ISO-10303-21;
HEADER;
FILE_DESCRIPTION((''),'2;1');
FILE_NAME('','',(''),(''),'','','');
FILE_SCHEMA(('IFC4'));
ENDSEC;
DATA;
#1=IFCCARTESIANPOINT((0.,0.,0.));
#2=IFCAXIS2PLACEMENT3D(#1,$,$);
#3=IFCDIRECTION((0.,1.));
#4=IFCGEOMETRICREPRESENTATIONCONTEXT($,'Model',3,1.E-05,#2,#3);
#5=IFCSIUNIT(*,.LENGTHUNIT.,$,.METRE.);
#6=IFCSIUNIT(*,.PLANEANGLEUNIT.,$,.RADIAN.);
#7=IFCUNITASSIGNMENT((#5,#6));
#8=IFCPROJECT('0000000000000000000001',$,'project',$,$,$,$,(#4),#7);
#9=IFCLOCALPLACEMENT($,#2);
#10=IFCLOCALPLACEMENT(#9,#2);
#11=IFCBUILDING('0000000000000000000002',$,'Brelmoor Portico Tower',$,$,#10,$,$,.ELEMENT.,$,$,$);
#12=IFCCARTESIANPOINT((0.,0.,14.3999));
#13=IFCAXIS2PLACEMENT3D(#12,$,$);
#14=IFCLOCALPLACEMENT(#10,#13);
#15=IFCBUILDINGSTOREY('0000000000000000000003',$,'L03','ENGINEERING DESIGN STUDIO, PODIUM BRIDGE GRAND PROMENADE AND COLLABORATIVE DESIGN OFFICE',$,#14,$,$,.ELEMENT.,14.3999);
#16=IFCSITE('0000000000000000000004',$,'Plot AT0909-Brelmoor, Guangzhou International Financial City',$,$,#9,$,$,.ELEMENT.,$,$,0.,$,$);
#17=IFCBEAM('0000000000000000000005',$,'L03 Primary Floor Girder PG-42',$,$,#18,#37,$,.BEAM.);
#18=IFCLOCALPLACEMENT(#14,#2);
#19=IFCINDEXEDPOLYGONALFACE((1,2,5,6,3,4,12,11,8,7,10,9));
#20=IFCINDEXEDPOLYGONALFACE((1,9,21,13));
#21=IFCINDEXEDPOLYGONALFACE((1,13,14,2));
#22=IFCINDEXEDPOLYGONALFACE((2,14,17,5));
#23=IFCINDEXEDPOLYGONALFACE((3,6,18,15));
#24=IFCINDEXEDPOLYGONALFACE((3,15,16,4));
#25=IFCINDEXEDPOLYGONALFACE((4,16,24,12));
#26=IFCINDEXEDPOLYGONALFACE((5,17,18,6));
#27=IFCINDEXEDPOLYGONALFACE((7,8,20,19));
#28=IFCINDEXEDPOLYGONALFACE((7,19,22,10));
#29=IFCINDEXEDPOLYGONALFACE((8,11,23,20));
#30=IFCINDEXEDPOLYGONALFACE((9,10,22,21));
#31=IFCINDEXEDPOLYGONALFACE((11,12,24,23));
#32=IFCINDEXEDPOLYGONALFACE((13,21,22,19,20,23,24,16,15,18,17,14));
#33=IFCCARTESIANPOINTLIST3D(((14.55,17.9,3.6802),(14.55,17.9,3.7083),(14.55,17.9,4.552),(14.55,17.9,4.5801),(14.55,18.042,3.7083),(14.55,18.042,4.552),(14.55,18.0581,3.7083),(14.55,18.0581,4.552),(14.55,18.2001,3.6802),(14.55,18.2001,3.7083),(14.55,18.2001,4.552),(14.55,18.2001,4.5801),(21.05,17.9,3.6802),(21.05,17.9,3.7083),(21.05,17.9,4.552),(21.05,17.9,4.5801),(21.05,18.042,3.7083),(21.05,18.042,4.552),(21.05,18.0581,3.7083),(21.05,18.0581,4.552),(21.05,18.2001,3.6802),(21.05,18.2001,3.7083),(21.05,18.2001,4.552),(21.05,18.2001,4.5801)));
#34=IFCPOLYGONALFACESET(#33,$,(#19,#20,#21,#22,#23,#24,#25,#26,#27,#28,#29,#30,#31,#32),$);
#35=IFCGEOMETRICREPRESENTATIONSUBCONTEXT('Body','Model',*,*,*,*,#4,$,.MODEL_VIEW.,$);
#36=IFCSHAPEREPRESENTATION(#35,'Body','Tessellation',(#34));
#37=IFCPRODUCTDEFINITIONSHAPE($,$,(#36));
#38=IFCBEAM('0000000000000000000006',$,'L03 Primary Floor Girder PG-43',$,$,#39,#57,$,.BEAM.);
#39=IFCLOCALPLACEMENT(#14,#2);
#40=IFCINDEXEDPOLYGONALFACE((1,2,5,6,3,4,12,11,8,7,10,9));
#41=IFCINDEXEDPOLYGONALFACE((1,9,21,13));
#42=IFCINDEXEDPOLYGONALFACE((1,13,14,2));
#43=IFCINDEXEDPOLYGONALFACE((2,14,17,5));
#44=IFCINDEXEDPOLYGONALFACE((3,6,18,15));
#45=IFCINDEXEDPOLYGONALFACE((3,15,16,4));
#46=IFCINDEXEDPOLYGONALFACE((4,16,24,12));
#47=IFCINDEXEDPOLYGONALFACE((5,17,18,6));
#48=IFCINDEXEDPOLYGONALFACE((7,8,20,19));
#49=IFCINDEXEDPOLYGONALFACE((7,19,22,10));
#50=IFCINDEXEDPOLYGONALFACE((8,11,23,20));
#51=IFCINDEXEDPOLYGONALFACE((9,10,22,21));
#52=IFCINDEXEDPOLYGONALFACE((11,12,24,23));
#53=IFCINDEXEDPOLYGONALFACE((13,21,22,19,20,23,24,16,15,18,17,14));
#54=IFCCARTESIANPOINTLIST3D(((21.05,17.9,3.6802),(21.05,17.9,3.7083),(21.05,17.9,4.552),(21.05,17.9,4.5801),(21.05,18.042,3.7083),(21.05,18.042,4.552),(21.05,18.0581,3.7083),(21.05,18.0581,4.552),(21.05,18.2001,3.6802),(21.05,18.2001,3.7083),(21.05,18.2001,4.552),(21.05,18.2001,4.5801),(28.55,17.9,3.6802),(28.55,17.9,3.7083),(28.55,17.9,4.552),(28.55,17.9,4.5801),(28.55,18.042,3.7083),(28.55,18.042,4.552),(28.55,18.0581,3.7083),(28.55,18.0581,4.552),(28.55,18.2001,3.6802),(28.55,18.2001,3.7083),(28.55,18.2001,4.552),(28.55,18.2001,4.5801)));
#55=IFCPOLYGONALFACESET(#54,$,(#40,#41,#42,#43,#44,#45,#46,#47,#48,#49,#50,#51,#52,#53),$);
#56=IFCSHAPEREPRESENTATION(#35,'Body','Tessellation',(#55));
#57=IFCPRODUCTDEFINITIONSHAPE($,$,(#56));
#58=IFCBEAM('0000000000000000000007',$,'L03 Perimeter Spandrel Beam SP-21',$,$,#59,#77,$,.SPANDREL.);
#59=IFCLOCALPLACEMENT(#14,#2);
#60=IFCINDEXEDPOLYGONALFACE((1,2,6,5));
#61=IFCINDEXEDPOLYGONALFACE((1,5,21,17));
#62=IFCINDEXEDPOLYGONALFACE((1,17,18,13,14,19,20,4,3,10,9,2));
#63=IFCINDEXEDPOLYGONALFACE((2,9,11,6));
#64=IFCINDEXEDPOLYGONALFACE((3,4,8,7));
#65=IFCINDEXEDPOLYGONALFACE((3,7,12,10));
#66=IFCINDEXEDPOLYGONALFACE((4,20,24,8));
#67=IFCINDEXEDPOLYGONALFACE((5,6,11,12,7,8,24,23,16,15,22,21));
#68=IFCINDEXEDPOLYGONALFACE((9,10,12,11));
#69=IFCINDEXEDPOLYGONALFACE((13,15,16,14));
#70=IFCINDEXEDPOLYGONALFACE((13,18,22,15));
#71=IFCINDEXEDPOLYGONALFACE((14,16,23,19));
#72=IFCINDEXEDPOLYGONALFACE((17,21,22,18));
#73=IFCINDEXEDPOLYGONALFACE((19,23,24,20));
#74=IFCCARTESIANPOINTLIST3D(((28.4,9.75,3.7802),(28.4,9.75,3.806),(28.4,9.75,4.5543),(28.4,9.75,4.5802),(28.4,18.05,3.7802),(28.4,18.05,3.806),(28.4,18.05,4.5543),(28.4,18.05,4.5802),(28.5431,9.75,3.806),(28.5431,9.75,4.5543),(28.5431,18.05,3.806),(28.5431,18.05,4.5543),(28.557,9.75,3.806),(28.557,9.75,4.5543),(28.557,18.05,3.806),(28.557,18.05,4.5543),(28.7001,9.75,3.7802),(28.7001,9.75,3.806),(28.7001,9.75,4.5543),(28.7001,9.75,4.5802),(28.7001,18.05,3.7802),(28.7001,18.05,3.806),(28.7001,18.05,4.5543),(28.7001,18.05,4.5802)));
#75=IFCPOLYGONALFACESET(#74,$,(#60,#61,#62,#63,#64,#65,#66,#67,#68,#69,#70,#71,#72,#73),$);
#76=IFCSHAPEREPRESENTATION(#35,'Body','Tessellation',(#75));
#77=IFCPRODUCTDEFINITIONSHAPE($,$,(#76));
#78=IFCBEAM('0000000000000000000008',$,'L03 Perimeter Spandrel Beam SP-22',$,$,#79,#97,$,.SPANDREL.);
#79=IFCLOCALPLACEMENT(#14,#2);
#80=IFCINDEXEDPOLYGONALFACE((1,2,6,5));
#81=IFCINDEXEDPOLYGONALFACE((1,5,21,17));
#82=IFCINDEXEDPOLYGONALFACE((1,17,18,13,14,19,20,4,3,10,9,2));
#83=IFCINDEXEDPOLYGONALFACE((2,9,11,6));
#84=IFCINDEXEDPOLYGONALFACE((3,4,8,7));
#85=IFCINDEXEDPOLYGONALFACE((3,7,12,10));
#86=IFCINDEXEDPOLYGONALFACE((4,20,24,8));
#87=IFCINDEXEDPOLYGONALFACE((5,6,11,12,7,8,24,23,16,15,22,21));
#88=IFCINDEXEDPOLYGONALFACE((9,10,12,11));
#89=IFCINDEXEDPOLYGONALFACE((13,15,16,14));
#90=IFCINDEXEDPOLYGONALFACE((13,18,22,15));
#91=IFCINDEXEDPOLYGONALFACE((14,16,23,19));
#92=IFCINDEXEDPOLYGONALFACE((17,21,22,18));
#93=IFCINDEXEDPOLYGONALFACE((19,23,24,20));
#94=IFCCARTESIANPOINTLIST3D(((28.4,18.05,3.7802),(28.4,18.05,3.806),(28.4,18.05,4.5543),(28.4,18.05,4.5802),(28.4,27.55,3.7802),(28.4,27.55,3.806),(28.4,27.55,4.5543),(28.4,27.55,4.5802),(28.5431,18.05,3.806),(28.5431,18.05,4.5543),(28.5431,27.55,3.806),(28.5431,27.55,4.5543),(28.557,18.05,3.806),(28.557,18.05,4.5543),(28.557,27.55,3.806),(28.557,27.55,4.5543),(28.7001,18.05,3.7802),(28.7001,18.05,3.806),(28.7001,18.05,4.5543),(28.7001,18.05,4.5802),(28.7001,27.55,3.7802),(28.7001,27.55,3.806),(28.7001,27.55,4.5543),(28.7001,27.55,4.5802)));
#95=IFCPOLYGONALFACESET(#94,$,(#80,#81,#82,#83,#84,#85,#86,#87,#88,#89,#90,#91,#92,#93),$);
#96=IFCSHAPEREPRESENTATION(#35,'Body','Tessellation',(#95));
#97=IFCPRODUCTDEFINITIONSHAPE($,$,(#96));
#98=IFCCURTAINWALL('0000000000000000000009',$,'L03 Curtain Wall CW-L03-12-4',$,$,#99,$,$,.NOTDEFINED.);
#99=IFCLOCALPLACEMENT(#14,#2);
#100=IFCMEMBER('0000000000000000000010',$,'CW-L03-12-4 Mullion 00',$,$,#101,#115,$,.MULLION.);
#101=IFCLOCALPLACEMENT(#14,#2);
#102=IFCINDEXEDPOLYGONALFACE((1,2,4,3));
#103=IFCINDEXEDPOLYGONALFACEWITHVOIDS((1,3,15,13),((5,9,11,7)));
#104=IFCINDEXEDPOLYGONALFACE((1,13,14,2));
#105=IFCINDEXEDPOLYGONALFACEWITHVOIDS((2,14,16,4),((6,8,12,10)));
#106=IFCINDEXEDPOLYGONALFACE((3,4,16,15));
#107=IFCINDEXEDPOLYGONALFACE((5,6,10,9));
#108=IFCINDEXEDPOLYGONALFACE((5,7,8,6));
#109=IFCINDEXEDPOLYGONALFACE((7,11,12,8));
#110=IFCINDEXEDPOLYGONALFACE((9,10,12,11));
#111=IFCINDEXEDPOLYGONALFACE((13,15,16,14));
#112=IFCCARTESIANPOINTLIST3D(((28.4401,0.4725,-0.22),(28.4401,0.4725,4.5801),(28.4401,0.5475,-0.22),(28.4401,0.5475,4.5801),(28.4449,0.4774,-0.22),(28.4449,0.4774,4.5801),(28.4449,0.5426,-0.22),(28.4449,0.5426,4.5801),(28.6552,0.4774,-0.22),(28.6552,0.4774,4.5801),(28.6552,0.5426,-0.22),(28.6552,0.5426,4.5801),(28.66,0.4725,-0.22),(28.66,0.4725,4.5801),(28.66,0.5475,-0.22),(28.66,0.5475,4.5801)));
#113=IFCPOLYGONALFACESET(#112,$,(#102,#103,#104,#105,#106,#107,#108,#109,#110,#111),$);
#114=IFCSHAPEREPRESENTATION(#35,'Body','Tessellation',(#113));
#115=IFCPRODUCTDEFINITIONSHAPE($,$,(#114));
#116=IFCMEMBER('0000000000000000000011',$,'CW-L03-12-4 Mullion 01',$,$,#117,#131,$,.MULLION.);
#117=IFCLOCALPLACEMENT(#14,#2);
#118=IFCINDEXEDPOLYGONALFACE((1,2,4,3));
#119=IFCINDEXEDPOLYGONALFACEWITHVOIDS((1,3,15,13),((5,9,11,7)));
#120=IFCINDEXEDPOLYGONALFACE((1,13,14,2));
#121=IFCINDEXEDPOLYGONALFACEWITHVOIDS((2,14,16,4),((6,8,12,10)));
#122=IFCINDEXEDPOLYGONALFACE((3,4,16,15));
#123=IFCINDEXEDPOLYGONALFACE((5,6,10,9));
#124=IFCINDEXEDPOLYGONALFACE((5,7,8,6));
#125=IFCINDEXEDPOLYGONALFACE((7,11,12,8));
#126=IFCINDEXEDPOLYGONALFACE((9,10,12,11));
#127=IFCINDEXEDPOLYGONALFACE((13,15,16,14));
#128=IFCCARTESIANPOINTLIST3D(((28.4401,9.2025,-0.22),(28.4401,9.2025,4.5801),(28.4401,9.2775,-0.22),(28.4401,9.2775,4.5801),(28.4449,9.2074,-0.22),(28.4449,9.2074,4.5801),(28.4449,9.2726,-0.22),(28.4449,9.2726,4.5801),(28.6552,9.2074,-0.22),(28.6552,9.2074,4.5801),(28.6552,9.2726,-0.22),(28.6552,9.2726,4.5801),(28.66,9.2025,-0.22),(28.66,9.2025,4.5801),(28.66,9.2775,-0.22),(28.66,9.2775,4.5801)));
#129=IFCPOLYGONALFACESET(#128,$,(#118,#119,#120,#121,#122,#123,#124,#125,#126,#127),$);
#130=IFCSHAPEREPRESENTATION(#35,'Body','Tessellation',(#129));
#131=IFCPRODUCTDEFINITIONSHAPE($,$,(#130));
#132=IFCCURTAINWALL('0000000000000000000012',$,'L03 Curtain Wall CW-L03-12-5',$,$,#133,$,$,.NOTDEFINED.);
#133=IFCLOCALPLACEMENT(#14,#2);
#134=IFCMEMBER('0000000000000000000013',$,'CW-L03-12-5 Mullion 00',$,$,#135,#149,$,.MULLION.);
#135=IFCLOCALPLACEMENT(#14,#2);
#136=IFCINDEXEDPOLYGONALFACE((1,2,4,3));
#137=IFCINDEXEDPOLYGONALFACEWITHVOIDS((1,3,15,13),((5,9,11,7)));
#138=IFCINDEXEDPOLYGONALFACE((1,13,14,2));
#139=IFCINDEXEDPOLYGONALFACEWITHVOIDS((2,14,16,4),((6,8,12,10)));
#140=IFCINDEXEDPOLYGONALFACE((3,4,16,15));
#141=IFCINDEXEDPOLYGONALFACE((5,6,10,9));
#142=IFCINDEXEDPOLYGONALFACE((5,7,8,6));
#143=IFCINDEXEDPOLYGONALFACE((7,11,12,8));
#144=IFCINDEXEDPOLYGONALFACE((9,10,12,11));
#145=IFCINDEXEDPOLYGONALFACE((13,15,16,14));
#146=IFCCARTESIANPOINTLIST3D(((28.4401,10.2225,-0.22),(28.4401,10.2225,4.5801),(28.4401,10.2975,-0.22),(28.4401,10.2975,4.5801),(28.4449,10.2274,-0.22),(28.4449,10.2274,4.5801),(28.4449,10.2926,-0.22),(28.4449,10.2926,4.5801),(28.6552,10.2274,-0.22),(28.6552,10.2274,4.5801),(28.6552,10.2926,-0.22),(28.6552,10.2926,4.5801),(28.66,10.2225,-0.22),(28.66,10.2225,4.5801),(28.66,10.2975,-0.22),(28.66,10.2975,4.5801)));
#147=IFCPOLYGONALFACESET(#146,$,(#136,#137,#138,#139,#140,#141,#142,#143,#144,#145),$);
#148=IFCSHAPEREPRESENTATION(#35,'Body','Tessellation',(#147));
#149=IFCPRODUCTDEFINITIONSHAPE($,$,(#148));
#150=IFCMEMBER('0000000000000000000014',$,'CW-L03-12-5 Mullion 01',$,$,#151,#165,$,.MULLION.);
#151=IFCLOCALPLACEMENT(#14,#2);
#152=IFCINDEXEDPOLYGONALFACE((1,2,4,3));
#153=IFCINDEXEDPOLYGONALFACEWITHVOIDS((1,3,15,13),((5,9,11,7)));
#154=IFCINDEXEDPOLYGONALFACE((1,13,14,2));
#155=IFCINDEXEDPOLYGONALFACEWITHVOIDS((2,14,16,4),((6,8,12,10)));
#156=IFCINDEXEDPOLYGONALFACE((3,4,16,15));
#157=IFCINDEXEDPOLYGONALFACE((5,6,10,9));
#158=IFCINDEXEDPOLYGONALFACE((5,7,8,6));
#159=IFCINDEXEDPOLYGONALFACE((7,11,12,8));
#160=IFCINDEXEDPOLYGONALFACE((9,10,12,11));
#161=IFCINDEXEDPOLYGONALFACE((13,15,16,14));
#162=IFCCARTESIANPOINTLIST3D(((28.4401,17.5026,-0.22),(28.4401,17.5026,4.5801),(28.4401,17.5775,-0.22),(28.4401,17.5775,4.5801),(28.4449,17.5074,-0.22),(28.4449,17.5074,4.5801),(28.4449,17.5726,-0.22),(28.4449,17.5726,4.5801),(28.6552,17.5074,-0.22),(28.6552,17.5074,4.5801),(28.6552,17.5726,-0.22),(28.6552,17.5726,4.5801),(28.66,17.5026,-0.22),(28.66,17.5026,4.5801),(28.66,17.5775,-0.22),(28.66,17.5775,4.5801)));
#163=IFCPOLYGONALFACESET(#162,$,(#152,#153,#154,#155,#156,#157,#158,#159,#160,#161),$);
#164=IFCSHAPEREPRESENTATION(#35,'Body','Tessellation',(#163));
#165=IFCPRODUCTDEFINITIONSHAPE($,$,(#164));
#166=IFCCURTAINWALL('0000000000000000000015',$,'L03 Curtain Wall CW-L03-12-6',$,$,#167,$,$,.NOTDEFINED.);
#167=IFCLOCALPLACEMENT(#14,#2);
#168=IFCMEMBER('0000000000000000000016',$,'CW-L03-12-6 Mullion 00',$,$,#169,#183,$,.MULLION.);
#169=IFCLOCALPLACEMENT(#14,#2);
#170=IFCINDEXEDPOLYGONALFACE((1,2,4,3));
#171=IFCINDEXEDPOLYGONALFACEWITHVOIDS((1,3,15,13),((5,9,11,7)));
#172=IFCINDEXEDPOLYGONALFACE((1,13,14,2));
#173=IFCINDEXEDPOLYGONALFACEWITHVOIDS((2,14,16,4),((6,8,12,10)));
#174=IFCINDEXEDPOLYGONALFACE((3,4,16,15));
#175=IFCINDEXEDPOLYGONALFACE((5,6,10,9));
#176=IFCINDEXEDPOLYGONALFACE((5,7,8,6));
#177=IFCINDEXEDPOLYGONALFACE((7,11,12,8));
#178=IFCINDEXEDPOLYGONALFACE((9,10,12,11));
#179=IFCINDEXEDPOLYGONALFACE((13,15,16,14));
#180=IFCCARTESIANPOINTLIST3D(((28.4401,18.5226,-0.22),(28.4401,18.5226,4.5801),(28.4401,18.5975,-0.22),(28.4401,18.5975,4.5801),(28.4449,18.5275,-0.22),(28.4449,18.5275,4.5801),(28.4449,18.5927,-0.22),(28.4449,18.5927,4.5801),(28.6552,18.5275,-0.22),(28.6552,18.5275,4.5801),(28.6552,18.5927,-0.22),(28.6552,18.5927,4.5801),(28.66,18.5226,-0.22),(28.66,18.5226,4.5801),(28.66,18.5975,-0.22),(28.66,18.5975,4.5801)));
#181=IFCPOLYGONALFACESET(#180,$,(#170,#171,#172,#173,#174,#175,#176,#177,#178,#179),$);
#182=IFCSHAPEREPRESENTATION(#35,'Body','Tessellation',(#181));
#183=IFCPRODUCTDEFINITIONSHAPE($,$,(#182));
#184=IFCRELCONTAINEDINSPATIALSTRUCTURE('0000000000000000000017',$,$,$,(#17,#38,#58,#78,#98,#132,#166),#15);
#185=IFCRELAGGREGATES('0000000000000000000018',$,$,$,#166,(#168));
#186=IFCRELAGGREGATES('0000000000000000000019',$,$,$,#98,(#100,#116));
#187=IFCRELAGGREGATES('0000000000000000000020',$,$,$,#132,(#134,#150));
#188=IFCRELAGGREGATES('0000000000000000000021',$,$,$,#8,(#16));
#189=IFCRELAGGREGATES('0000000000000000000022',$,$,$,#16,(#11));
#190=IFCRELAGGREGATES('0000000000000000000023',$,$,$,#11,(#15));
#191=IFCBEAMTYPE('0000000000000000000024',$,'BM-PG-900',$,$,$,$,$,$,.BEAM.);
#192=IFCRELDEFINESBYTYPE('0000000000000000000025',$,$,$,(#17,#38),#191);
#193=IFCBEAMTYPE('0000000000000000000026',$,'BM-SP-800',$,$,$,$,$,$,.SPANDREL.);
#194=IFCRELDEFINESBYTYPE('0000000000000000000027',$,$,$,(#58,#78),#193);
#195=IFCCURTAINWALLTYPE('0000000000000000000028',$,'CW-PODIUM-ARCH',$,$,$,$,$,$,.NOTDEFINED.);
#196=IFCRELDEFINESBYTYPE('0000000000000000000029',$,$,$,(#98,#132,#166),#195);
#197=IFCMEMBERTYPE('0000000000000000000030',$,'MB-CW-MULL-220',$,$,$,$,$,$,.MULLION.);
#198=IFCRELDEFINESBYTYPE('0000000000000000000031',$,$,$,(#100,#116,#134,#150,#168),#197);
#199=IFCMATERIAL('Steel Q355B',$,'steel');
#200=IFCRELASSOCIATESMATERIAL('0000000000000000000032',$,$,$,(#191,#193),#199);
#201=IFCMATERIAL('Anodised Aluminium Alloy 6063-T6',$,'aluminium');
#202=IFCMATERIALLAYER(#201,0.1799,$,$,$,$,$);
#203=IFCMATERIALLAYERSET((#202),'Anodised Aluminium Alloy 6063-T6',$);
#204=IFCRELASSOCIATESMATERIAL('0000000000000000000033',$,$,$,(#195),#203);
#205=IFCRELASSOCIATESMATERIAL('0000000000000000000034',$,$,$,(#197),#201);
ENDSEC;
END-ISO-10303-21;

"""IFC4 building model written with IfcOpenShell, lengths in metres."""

from ifc_helpers import new_model, si_unit, direction, frame, origin, origin_2d, place, context, subcontext, project, spatial, hollow_rectangle, i_section, extrude, material, layer, layer_set, material_profile, profile_set, type_object, element, aggregate, save


model = new_model("IFC4")

# Units and contexts
model_context = context("Model", 3, precision=1e-05, world=origin(), true_north=direction((0.0, 1.0)))
body_context = subcontext(model_context, "Body", "Model", "MODEL_VIEW")
ifc_project = project(units=[si_unit("LENGTHUNIT", "METRE"), si_unit("PLANEANGLEUNIT", "RADIAN")], contexts=[model_context])

# Site, building, storey
site_placement = place(None, origin())
site = spatial("IfcSite", under=ifc_project, at=site_placement, Name="Plot AT0909-Brelmoor, Guangzhou International Financial City", CompositionType="ELEMENT", RefElevation=0.0)
building_placement = place(site_placement, origin())
building = spatial("IfcBuilding", under=site, at=building_placement, Name="Brelmoor Portico Tower", CompositionType="ELEMENT")
storey_placement = place(building_placement, frame((0.0, 0.0, 14.3999)))
storey = spatial("IfcBuildingStorey", under=building, at=storey_placement, Name="L03", Description="ENGINEERING DESIGN STUDIO, PODIUM BRIDGE GRAND PROMENADE AND COLLABORATIVE DESIGN OFFICE", CompositionType="ELEMENT", Elevation=14.3999)

# Shared definitions
ifc_material_1 = material(Name="Steel Q355B", Category="steel")

# Beams
ifc_material_profile_1 = material_profile(ifc_material_1, i_section(OverallWidth=0.3, OverallDepth=0.8999, WebThickness=0.0161, FlangeThickness=0.0281, at=origin_2d()), Name="HN 900x300x16x28")
ifc_profile_set_1 = profile_set([ifc_material_profile_1], Name="Steel Q355B")
beam_type_1 = type_object("IfcBeamType", Name="BM-PG-900", PredefinedType="BEAM", material=ifc_profile_set_1)
beam_1_placement = place(storey_placement, frame((14.55, 18.05, 4.1301), z_axis=(1.0, 0.0, 0.0), x_axis=(0.0, 1.0, 0.0)))
element("IfcBeam", 1, at=beam_1_placement, inside=storey, type_object=beam_type_1, Name="L03 Primary Floor Girder PG-42", PredefinedType="BEAM", context=body_context, shape_type="SweptSolid", body=[
    extrude(i_section(OverallWidth=0.3, OverallDepth=0.8999, WebThickness=0.0161, FlangeThickness=0.0281, at=origin_2d()), origin(), (0.0, 0.0, 1.0), 6.5),
])
beam_2_placement = place(storey_placement, frame((21.05, 18.05, 4.1301), z_axis=(1.0, 0.0, 0.0), x_axis=(0.0, 1.0, 0.0)))
element("IfcBeam", 2, at=beam_2_placement, inside=storey, type_object=beam_type_1, Name="L03 Primary Floor Girder PG-43", PredefinedType="BEAM", context=body_context, shape_type="SweptSolid", body=[
    extrude(i_section(OverallWidth=0.3, OverallDepth=0.8999, WebThickness=0.0161, FlangeThickness=0.0281, at=origin_2d()), origin(), (0.0, 0.0, 1.0), 7.5),
])
ifc_material_profile_2 = material_profile(ifc_material_1, i_section(OverallWidth=0.3, OverallDepth=0.8, WebThickness=0.0139, FlangeThickness=0.0259, at=origin_2d()), Name="HN 800x300x14x26")
ifc_profile_set_2 = profile_set([ifc_material_profile_2], Name="Steel Q355B")
beam_type_2 = type_object("IfcBeamType", Name="BM-SP-800", PredefinedType="SPANDREL", material=ifc_profile_set_2)
beam_3_placement = place(storey_placement, frame((28.55, 9.75, 4.1802), z_axis=(0.0, 1.0, 0.0), x_axis=(-1.0, 0.0, 0.0)))
element("IfcBeam", 3, at=beam_3_placement, inside=storey, type_object=beam_type_2, Name="L03 Perimeter Spandrel Beam SP-21", PredefinedType="SPANDREL", context=body_context, shape_type="SweptSolid", body=[
    extrude(i_section(OverallWidth=0.3, OverallDepth=0.8, WebThickness=0.0139, FlangeThickness=0.0259, at=origin_2d()), origin(), (0.0, 0.0, 1.0), 8.3),
])
beam_4_placement = place(storey_placement, frame((28.55, 18.05, 4.1802), z_axis=(0.0, 1.0, 0.0), x_axis=(-1.0, 0.0, 0.0)))
element("IfcBeam", 4, at=beam_4_placement, inside=storey, type_object=beam_type_2, Name="L03 Perimeter Spandrel Beam SP-22", PredefinedType="SPANDREL", context=body_context, shape_type="SweptSolid", body=[
    extrude(i_section(OverallWidth=0.3, OverallDepth=0.8, WebThickness=0.0139, FlangeThickness=0.0259, at=origin_2d()), origin(), (0.0, 0.0, 1.0), 9.5),
])

# Curtain walls, members
ifc_material_2 = material(Name="Anodised Aluminium Alloy 6063-T6", Category="aluminium")
ifc_layer_1 = layer(ifc_material_2, 0.1799)
ifc_layer_set_1 = layer_set([ifc_layer_1], Name="Anodised Aluminium Alloy 6063-T6")
curtain_wall_type = type_object("IfcCurtainWallType", Name="CW-PODIUM-ARCH", PredefinedType="NOTDEFINED", material=ifc_layer_set_1)
curtain_wall_1_placement = place(storey_placement, origin())
curtain_wall_1 = element("IfcCurtainWall", 5, at=curtain_wall_1_placement, inside=storey, type_object=curtain_wall_type, Name="L03 Curtain Wall CW-L03-12-4", PredefinedType="NOTDEFINED")
ifc_material_profile_3 = material_profile(ifc_material_2, hollow_rectangle(XDim=0.075, YDim=0.22, WallThickness=0.0049, at=origin_2d()), Name="ALU MULLION 75x220")
ifc_profile_set_3 = profile_set([ifc_material_profile_3], Name="Anodised Aluminium Alloy 6063-T6")
member_type_1 = type_object("IfcMemberType", Name="MB-CW-MULL-220", PredefinedType="MULLION", material=ifc_profile_set_3)
member_1_placement = place(storey_placement, frame((28.55, 0.51, -0.22), z_axis=(0.0, 0.0, 1.0), x_axis=(0.0, 1.0, 0.0)))
member_1 = element("IfcMember", 6, at=member_1_placement, type_object=member_type_1, Name="CW-L03-12-4 Mullion 00", PredefinedType="MULLION", context=body_context, shape_type="SweptSolid", body=[
    extrude(hollow_rectangle(XDim=0.075, YDim=0.22, WallThickness=0.0049, at=origin_2d()), origin(), (0.0, 0.0, 1.0), 4.8),
])
member_2_placement = place(storey_placement, frame((28.55, 9.24, -0.22), z_axis=(0.0, 0.0, 1.0), x_axis=(0.0, 1.0, 0.0)))
member_2 = element("IfcMember", 7, at=member_2_placement, type_object=member_type_1, Name="CW-L03-12-4 Mullion 01", PredefinedType="MULLION", context=body_context, shape_type="SweptSolid", body=[
    extrude(hollow_rectangle(XDim=0.075, YDim=0.22, WallThickness=0.0049, at=origin_2d()), origin(), (0.0, 0.0, 1.0), 4.8),
])
curtain_wall_2_placement = place(storey_placement, origin())
curtain_wall_2 = element("IfcCurtainWall", 8, at=curtain_wall_2_placement, inside=storey, type_object=curtain_wall_type, Name="L03 Curtain Wall CW-L03-12-5", PredefinedType="NOTDEFINED")
member_3_placement = place(storey_placement, frame((28.55, 10.26, -0.22), z_axis=(0.0, 0.0, 1.0), x_axis=(0.0, 1.0, 0.0)))
member_3 = element("IfcMember", 9, at=member_3_placement, type_object=member_type_1, Name="CW-L03-12-5 Mullion 00", PredefinedType="MULLION", context=body_context, shape_type="SweptSolid", body=[
    extrude(hollow_rectangle(XDim=0.075, YDim=0.22, WallThickness=0.0049, at=origin_2d()), origin(), (0.0, 0.0, 1.0), 4.8),
])
member_4_placement = place(storey_placement, frame((28.55, 17.54, -0.22), z_axis=(0.0, 0.0, 1.0), x_axis=(0.0, 1.0, 0.0)))
member_4 = element("IfcMember", 10, at=member_4_placement, type_object=member_type_1, Name="CW-L03-12-5 Mullion 01", PredefinedType="MULLION", context=body_context, shape_type="SweptSolid", body=[
    extrude(hollow_rectangle(XDim=0.075, YDim=0.22, WallThickness=0.0049, at=origin_2d()), origin(), (0.0, 0.0, 1.0), 4.8),
])

# Curtain wall, member
curtain_wall_3_placement = place(storey_placement, origin())
curtain_wall_3 = element("IfcCurtainWall", 11, at=curtain_wall_3_placement, inside=storey, type_object=curtain_wall_type, Name="L03 Curtain Wall CW-L03-12-6", PredefinedType="NOTDEFINED")
member_5_placement = place(storey_placement, frame((28.55, 18.5601, -0.22), z_axis=(0.0, 0.0, 1.0), x_axis=(0.0, 1.0, 0.0)))
member_5 = element("IfcMember", 12, at=member_5_placement, type_object=member_type_1, Name="CW-L03-12-6 Mullion 00", PredefinedType="MULLION", context=body_context, shape_type="SweptSolid", body=[
    extrude(hollow_rectangle(XDim=0.075, YDim=0.22, WallThickness=0.0049, at=origin_2d()), origin(), (0.0, 0.0, 1.0), 4.8),
])

aggregate(curtain_wall_3, [member_5])

aggregate(curtain_wall_1, [member_1, member_2])
aggregate(curtain_wall_2, [member_3, member_4])

save(model, "model.ifc")
